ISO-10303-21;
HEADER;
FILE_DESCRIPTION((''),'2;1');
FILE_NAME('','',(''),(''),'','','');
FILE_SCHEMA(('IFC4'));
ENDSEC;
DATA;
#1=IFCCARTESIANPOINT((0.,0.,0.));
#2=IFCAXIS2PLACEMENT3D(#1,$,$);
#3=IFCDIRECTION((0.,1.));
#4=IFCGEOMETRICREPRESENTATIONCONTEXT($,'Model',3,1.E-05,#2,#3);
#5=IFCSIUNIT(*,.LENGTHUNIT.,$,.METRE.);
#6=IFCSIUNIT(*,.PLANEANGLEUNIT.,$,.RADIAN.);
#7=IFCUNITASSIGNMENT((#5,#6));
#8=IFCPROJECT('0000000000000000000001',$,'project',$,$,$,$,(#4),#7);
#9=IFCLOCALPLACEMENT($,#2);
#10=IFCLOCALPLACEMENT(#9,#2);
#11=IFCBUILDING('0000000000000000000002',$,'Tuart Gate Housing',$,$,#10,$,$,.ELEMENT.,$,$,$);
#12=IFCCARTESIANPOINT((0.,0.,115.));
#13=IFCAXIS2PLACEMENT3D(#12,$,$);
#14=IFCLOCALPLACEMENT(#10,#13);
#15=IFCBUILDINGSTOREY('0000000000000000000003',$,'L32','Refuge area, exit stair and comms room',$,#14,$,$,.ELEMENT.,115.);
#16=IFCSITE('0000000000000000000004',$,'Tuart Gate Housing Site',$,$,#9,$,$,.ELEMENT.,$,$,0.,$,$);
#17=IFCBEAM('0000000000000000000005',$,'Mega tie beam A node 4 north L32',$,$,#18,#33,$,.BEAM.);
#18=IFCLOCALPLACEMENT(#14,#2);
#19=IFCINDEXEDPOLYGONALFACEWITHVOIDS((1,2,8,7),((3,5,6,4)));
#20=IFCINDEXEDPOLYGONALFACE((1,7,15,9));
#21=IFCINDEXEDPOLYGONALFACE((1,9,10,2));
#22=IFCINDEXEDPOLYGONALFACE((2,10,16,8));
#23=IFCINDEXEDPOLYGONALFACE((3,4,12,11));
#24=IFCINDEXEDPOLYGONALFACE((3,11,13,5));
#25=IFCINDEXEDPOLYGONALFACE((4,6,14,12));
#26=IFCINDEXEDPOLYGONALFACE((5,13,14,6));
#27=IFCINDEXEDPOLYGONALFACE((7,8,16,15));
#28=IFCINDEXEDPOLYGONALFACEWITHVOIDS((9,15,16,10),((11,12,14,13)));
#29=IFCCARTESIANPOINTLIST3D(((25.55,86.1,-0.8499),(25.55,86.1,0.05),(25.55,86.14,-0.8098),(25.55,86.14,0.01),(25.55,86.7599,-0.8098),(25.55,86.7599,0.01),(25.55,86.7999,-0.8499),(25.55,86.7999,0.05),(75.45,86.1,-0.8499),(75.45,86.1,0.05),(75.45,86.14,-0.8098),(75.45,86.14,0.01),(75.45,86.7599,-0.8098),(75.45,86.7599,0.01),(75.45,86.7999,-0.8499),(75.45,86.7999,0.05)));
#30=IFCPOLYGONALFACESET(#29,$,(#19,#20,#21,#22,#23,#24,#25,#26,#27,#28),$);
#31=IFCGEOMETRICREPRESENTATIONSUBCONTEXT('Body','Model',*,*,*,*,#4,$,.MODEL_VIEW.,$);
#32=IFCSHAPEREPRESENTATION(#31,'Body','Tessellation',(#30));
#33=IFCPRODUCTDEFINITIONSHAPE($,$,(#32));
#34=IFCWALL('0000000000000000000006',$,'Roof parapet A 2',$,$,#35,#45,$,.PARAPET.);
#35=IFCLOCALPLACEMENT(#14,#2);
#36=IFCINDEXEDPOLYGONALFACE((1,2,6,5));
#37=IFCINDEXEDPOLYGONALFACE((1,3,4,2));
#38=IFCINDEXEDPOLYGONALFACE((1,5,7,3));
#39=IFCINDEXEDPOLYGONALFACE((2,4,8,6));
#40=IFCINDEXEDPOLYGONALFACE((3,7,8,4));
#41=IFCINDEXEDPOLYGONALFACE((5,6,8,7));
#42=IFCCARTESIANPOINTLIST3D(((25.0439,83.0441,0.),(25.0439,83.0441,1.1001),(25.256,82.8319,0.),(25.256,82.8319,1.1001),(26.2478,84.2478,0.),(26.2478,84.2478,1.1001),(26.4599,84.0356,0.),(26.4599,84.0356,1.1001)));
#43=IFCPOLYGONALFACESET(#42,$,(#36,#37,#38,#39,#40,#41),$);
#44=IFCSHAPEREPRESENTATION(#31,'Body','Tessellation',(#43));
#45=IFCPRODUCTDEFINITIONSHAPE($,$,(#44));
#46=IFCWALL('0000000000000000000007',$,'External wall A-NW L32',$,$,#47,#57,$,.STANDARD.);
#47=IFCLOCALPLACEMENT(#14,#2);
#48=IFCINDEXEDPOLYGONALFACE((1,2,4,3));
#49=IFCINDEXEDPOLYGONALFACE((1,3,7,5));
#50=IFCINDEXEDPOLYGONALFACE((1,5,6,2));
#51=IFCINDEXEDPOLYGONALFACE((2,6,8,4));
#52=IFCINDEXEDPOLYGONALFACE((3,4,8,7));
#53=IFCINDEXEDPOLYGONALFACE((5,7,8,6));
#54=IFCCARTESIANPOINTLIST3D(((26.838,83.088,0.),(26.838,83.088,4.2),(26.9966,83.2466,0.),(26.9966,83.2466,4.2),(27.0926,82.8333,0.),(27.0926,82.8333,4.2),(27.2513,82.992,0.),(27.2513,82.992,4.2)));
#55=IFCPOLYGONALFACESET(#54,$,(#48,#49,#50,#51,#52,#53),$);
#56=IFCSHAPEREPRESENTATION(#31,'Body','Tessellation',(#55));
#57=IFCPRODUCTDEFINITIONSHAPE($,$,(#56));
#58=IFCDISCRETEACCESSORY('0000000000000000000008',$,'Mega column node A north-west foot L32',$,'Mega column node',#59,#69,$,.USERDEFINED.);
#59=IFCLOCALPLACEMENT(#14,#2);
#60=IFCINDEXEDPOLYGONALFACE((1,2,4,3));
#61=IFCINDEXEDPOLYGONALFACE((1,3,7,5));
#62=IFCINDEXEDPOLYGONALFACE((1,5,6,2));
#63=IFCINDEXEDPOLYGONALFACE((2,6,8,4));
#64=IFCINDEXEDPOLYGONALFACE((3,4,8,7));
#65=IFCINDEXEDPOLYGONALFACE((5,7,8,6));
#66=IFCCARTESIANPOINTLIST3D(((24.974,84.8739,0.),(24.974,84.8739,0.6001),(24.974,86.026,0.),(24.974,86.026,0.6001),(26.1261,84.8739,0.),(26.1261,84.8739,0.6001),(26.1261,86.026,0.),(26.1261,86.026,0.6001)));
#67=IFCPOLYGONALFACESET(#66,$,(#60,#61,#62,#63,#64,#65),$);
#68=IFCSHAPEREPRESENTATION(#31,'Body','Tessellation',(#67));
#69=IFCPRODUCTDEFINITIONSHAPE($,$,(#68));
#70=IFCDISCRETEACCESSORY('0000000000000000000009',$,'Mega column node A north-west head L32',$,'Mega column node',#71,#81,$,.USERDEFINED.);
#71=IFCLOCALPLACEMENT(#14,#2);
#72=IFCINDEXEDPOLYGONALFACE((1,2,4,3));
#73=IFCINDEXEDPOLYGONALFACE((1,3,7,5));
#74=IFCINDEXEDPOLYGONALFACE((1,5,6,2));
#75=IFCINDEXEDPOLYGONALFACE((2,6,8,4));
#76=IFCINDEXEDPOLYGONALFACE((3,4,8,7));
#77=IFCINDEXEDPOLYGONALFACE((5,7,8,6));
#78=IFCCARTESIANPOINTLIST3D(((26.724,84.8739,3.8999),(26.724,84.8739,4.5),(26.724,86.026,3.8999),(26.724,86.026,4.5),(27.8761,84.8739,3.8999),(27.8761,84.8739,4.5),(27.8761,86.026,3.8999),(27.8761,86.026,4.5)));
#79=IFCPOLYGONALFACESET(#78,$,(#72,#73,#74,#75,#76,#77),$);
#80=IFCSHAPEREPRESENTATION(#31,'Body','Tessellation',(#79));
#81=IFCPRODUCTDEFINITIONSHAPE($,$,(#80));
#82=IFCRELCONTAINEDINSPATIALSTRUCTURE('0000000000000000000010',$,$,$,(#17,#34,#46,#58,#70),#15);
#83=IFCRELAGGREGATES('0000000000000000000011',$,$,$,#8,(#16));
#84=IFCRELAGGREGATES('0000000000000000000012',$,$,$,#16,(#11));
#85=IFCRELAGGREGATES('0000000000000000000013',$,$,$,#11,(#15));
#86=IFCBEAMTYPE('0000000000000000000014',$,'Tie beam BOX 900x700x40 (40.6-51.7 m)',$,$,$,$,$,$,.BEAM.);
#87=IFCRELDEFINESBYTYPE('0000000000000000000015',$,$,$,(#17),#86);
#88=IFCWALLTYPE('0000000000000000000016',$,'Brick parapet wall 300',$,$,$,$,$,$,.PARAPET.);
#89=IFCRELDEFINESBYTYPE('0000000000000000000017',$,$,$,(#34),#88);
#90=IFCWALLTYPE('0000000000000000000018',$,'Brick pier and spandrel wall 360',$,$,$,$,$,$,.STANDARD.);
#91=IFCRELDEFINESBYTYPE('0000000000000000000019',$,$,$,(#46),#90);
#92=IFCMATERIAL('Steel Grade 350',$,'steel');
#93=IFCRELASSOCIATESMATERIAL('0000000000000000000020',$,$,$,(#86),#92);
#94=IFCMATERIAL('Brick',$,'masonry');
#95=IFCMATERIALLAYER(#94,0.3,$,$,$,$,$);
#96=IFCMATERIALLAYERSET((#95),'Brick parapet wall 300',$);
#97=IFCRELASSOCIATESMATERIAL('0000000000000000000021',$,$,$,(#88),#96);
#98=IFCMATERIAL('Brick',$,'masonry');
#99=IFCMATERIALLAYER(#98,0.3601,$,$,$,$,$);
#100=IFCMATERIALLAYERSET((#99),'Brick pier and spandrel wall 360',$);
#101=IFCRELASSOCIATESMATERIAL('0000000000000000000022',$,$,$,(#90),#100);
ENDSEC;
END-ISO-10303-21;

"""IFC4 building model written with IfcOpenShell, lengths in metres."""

from ifc_helpers import new_model, si_unit, direction, frame, frame_2d, origin, origin_2d, place, context, subcontext, project, spatial, rectangle, hollow_rectangle, extrude, material, layer, layer_set, material_profile, profile_set, type_object, element, save


model = new_model("IFC4")

# Units and contexts
model_context = context("Model", 3, precision=1e-05, world=origin(), true_north=direction((0.0, 1.0)))
body_context = subcontext(model_context, "Body", "Model", "MODEL_VIEW")
ifc_project = project(units=[si_unit("LENGTHUNIT", "METRE"), si_unit("PLANEANGLEUNIT", "RADIAN")], contexts=[model_context])

# Site, building, storey
site_placement = place(None, origin())
site = spatial("IfcSite", under=ifc_project, at=site_placement, Name="Tuart Gate Housing Site", CompositionType="ELEMENT", RefElevation=0.0)
building_placement = place(site_placement, origin())
building = spatial("IfcBuilding", under=site, at=building_placement, Name="Tuart Gate Housing", CompositionType="ELEMENT")
storey_placement = place(building_placement, frame((0.0, 0.0, 115.0)))
storey = spatial("IfcBuildingStorey", under=building, at=storey_placement, Name="L32", Description="Refuge area, exit stair and comms room", CompositionType="ELEMENT", Elevation=115.0)

# Beam
ifc_material_1 = material(Name="Steel Grade 350", Category="steel")
ifc_material_profile_1 = material_profile(ifc_material_1, hollow_rectangle(XDim=0.7, YDim=0.8999, WallThickness=0.04, at=origin_2d()), Name="BOX 900x700x40")
ifc_profile_set_1 = profile_set([ifc_material_profile_1], Name="Steel Grade 350")
beam_type_1 = type_object("IfcBeamType", Name="Tie beam BOX 900x700x40 (40.6-51.7 m)", PredefinedType="BEAM", material=ifc_profile_set_1)
beam_1_placement = place(storey_placement, frame((25.55, 86.45, -0.3999), z_axis=(1.0, 0.0, 0.0), x_axis=(0.0, 1.0, 0.0)))
element("IfcBeam", 1, at=beam_1_placement, inside=storey, type_object=beam_type_1, Name="Mega tie beam A node 4 north L32", PredefinedType="BEAM", context=body_context, shape_type="SweptSolid", body=[
    extrude(hollow_rectangle(XDim=0.7, YDim=0.8999, WallThickness=0.04, at=origin_2d()), origin(), (0.0, 0.0, 1.0), 49.8999),
])

# Walls
ifc_material_2 = material(Name="Brick", Category="masonry")
ifc_layer_1 = layer(ifc_material_2, 0.3)
ifc_layer_set_1 = layer_set([ifc_layer_1], Name="Brick parapet wall 300")
wall_type_1 = type_object("IfcWallType", Name="Brick parapet wall 300", PredefinedType="PARAPET", material=ifc_layer_set_1)
wall_1_placement = place(storey_placement, frame((26.3538, 84.1416, 0.0), z_axis=(0.0, 0.0, 1.0), x_axis=(-0.707178, -0.707035, 0.0)))
element("IfcWall", 2, at=wall_1_placement, inside=storey, type_object=wall_type_1, Name="Roof parapet A 2", PredefinedType="PARAPET", context=body_context, shape_type="SweptSolid", body=[
    extrude(rectangle(XDim=1.7024, YDim=0.3, at=frame_2d((0.8511, 0.0))), origin(), (0.0, 0.0, 1.0), 1.1001),
])
ifc_material_3 = material(Name="Brick", Category="masonry")
ifc_layer_2 = layer(ifc_material_3, 0.3601)
ifc_layer_set_2 = layer_set([ifc_layer_2], Name="Brick pier and spandrel wall 360")
wall_type_2 = type_object("IfcWallType", Name="Brick pier and spandrel wall 360", PredefinedType="STANDARD", material=ifc_layer_set_2)
wall_2_placement = place(storey_placement, frame((27.124, 83.1194, 0.0), z_axis=(0.0, 0.0, 1.0), x_axis=(-0.707107, -0.707107, 0.0)))
element("IfcWall", 3, at=wall_2_placement, inside=storey, type_object=wall_type_2, Name="External wall A-NW L32", PredefinedType="STANDARD", context=body_context, shape_type="SweptSolid", body=[
    extrude(rectangle(XDim=0.2244, YDim=0.3601, at=frame_2d((0.1123, 0.0))), origin(), (0.0, 0.0, 1.0), 4.2),
])

# Discrete accessories
for number, where, z_axis, x_axis, name in (
    (4, (25.55, 85.45, 0.0), (0.0, 0.0, 1.0), (1.0, 0.0, 0.0), "Mega column node A north-west foot L32"),
    (5, (27.3, 85.45, 3.8999), (0.0, 0.0, 1.0), (1.0, 0.0, 0.0), "Mega column node A north-west head L32"),
):
    element("IfcDiscreteAccessory", number, at=place(storey_placement, frame(where, z_axis=z_axis, x_axis=x_axis)), inside=storey, Name=name, ObjectType="Mega column node", PredefinedType="USERDEFINED", context=body_context, shape_type="SweptSolid", body=[
        extrude(rectangle(XDim=1.1521, YDim=1.1521, at=origin_2d()), origin(), (0.0, 0.0, 1.0), 0.6001),
    ])

save(model, "model.ifc")
